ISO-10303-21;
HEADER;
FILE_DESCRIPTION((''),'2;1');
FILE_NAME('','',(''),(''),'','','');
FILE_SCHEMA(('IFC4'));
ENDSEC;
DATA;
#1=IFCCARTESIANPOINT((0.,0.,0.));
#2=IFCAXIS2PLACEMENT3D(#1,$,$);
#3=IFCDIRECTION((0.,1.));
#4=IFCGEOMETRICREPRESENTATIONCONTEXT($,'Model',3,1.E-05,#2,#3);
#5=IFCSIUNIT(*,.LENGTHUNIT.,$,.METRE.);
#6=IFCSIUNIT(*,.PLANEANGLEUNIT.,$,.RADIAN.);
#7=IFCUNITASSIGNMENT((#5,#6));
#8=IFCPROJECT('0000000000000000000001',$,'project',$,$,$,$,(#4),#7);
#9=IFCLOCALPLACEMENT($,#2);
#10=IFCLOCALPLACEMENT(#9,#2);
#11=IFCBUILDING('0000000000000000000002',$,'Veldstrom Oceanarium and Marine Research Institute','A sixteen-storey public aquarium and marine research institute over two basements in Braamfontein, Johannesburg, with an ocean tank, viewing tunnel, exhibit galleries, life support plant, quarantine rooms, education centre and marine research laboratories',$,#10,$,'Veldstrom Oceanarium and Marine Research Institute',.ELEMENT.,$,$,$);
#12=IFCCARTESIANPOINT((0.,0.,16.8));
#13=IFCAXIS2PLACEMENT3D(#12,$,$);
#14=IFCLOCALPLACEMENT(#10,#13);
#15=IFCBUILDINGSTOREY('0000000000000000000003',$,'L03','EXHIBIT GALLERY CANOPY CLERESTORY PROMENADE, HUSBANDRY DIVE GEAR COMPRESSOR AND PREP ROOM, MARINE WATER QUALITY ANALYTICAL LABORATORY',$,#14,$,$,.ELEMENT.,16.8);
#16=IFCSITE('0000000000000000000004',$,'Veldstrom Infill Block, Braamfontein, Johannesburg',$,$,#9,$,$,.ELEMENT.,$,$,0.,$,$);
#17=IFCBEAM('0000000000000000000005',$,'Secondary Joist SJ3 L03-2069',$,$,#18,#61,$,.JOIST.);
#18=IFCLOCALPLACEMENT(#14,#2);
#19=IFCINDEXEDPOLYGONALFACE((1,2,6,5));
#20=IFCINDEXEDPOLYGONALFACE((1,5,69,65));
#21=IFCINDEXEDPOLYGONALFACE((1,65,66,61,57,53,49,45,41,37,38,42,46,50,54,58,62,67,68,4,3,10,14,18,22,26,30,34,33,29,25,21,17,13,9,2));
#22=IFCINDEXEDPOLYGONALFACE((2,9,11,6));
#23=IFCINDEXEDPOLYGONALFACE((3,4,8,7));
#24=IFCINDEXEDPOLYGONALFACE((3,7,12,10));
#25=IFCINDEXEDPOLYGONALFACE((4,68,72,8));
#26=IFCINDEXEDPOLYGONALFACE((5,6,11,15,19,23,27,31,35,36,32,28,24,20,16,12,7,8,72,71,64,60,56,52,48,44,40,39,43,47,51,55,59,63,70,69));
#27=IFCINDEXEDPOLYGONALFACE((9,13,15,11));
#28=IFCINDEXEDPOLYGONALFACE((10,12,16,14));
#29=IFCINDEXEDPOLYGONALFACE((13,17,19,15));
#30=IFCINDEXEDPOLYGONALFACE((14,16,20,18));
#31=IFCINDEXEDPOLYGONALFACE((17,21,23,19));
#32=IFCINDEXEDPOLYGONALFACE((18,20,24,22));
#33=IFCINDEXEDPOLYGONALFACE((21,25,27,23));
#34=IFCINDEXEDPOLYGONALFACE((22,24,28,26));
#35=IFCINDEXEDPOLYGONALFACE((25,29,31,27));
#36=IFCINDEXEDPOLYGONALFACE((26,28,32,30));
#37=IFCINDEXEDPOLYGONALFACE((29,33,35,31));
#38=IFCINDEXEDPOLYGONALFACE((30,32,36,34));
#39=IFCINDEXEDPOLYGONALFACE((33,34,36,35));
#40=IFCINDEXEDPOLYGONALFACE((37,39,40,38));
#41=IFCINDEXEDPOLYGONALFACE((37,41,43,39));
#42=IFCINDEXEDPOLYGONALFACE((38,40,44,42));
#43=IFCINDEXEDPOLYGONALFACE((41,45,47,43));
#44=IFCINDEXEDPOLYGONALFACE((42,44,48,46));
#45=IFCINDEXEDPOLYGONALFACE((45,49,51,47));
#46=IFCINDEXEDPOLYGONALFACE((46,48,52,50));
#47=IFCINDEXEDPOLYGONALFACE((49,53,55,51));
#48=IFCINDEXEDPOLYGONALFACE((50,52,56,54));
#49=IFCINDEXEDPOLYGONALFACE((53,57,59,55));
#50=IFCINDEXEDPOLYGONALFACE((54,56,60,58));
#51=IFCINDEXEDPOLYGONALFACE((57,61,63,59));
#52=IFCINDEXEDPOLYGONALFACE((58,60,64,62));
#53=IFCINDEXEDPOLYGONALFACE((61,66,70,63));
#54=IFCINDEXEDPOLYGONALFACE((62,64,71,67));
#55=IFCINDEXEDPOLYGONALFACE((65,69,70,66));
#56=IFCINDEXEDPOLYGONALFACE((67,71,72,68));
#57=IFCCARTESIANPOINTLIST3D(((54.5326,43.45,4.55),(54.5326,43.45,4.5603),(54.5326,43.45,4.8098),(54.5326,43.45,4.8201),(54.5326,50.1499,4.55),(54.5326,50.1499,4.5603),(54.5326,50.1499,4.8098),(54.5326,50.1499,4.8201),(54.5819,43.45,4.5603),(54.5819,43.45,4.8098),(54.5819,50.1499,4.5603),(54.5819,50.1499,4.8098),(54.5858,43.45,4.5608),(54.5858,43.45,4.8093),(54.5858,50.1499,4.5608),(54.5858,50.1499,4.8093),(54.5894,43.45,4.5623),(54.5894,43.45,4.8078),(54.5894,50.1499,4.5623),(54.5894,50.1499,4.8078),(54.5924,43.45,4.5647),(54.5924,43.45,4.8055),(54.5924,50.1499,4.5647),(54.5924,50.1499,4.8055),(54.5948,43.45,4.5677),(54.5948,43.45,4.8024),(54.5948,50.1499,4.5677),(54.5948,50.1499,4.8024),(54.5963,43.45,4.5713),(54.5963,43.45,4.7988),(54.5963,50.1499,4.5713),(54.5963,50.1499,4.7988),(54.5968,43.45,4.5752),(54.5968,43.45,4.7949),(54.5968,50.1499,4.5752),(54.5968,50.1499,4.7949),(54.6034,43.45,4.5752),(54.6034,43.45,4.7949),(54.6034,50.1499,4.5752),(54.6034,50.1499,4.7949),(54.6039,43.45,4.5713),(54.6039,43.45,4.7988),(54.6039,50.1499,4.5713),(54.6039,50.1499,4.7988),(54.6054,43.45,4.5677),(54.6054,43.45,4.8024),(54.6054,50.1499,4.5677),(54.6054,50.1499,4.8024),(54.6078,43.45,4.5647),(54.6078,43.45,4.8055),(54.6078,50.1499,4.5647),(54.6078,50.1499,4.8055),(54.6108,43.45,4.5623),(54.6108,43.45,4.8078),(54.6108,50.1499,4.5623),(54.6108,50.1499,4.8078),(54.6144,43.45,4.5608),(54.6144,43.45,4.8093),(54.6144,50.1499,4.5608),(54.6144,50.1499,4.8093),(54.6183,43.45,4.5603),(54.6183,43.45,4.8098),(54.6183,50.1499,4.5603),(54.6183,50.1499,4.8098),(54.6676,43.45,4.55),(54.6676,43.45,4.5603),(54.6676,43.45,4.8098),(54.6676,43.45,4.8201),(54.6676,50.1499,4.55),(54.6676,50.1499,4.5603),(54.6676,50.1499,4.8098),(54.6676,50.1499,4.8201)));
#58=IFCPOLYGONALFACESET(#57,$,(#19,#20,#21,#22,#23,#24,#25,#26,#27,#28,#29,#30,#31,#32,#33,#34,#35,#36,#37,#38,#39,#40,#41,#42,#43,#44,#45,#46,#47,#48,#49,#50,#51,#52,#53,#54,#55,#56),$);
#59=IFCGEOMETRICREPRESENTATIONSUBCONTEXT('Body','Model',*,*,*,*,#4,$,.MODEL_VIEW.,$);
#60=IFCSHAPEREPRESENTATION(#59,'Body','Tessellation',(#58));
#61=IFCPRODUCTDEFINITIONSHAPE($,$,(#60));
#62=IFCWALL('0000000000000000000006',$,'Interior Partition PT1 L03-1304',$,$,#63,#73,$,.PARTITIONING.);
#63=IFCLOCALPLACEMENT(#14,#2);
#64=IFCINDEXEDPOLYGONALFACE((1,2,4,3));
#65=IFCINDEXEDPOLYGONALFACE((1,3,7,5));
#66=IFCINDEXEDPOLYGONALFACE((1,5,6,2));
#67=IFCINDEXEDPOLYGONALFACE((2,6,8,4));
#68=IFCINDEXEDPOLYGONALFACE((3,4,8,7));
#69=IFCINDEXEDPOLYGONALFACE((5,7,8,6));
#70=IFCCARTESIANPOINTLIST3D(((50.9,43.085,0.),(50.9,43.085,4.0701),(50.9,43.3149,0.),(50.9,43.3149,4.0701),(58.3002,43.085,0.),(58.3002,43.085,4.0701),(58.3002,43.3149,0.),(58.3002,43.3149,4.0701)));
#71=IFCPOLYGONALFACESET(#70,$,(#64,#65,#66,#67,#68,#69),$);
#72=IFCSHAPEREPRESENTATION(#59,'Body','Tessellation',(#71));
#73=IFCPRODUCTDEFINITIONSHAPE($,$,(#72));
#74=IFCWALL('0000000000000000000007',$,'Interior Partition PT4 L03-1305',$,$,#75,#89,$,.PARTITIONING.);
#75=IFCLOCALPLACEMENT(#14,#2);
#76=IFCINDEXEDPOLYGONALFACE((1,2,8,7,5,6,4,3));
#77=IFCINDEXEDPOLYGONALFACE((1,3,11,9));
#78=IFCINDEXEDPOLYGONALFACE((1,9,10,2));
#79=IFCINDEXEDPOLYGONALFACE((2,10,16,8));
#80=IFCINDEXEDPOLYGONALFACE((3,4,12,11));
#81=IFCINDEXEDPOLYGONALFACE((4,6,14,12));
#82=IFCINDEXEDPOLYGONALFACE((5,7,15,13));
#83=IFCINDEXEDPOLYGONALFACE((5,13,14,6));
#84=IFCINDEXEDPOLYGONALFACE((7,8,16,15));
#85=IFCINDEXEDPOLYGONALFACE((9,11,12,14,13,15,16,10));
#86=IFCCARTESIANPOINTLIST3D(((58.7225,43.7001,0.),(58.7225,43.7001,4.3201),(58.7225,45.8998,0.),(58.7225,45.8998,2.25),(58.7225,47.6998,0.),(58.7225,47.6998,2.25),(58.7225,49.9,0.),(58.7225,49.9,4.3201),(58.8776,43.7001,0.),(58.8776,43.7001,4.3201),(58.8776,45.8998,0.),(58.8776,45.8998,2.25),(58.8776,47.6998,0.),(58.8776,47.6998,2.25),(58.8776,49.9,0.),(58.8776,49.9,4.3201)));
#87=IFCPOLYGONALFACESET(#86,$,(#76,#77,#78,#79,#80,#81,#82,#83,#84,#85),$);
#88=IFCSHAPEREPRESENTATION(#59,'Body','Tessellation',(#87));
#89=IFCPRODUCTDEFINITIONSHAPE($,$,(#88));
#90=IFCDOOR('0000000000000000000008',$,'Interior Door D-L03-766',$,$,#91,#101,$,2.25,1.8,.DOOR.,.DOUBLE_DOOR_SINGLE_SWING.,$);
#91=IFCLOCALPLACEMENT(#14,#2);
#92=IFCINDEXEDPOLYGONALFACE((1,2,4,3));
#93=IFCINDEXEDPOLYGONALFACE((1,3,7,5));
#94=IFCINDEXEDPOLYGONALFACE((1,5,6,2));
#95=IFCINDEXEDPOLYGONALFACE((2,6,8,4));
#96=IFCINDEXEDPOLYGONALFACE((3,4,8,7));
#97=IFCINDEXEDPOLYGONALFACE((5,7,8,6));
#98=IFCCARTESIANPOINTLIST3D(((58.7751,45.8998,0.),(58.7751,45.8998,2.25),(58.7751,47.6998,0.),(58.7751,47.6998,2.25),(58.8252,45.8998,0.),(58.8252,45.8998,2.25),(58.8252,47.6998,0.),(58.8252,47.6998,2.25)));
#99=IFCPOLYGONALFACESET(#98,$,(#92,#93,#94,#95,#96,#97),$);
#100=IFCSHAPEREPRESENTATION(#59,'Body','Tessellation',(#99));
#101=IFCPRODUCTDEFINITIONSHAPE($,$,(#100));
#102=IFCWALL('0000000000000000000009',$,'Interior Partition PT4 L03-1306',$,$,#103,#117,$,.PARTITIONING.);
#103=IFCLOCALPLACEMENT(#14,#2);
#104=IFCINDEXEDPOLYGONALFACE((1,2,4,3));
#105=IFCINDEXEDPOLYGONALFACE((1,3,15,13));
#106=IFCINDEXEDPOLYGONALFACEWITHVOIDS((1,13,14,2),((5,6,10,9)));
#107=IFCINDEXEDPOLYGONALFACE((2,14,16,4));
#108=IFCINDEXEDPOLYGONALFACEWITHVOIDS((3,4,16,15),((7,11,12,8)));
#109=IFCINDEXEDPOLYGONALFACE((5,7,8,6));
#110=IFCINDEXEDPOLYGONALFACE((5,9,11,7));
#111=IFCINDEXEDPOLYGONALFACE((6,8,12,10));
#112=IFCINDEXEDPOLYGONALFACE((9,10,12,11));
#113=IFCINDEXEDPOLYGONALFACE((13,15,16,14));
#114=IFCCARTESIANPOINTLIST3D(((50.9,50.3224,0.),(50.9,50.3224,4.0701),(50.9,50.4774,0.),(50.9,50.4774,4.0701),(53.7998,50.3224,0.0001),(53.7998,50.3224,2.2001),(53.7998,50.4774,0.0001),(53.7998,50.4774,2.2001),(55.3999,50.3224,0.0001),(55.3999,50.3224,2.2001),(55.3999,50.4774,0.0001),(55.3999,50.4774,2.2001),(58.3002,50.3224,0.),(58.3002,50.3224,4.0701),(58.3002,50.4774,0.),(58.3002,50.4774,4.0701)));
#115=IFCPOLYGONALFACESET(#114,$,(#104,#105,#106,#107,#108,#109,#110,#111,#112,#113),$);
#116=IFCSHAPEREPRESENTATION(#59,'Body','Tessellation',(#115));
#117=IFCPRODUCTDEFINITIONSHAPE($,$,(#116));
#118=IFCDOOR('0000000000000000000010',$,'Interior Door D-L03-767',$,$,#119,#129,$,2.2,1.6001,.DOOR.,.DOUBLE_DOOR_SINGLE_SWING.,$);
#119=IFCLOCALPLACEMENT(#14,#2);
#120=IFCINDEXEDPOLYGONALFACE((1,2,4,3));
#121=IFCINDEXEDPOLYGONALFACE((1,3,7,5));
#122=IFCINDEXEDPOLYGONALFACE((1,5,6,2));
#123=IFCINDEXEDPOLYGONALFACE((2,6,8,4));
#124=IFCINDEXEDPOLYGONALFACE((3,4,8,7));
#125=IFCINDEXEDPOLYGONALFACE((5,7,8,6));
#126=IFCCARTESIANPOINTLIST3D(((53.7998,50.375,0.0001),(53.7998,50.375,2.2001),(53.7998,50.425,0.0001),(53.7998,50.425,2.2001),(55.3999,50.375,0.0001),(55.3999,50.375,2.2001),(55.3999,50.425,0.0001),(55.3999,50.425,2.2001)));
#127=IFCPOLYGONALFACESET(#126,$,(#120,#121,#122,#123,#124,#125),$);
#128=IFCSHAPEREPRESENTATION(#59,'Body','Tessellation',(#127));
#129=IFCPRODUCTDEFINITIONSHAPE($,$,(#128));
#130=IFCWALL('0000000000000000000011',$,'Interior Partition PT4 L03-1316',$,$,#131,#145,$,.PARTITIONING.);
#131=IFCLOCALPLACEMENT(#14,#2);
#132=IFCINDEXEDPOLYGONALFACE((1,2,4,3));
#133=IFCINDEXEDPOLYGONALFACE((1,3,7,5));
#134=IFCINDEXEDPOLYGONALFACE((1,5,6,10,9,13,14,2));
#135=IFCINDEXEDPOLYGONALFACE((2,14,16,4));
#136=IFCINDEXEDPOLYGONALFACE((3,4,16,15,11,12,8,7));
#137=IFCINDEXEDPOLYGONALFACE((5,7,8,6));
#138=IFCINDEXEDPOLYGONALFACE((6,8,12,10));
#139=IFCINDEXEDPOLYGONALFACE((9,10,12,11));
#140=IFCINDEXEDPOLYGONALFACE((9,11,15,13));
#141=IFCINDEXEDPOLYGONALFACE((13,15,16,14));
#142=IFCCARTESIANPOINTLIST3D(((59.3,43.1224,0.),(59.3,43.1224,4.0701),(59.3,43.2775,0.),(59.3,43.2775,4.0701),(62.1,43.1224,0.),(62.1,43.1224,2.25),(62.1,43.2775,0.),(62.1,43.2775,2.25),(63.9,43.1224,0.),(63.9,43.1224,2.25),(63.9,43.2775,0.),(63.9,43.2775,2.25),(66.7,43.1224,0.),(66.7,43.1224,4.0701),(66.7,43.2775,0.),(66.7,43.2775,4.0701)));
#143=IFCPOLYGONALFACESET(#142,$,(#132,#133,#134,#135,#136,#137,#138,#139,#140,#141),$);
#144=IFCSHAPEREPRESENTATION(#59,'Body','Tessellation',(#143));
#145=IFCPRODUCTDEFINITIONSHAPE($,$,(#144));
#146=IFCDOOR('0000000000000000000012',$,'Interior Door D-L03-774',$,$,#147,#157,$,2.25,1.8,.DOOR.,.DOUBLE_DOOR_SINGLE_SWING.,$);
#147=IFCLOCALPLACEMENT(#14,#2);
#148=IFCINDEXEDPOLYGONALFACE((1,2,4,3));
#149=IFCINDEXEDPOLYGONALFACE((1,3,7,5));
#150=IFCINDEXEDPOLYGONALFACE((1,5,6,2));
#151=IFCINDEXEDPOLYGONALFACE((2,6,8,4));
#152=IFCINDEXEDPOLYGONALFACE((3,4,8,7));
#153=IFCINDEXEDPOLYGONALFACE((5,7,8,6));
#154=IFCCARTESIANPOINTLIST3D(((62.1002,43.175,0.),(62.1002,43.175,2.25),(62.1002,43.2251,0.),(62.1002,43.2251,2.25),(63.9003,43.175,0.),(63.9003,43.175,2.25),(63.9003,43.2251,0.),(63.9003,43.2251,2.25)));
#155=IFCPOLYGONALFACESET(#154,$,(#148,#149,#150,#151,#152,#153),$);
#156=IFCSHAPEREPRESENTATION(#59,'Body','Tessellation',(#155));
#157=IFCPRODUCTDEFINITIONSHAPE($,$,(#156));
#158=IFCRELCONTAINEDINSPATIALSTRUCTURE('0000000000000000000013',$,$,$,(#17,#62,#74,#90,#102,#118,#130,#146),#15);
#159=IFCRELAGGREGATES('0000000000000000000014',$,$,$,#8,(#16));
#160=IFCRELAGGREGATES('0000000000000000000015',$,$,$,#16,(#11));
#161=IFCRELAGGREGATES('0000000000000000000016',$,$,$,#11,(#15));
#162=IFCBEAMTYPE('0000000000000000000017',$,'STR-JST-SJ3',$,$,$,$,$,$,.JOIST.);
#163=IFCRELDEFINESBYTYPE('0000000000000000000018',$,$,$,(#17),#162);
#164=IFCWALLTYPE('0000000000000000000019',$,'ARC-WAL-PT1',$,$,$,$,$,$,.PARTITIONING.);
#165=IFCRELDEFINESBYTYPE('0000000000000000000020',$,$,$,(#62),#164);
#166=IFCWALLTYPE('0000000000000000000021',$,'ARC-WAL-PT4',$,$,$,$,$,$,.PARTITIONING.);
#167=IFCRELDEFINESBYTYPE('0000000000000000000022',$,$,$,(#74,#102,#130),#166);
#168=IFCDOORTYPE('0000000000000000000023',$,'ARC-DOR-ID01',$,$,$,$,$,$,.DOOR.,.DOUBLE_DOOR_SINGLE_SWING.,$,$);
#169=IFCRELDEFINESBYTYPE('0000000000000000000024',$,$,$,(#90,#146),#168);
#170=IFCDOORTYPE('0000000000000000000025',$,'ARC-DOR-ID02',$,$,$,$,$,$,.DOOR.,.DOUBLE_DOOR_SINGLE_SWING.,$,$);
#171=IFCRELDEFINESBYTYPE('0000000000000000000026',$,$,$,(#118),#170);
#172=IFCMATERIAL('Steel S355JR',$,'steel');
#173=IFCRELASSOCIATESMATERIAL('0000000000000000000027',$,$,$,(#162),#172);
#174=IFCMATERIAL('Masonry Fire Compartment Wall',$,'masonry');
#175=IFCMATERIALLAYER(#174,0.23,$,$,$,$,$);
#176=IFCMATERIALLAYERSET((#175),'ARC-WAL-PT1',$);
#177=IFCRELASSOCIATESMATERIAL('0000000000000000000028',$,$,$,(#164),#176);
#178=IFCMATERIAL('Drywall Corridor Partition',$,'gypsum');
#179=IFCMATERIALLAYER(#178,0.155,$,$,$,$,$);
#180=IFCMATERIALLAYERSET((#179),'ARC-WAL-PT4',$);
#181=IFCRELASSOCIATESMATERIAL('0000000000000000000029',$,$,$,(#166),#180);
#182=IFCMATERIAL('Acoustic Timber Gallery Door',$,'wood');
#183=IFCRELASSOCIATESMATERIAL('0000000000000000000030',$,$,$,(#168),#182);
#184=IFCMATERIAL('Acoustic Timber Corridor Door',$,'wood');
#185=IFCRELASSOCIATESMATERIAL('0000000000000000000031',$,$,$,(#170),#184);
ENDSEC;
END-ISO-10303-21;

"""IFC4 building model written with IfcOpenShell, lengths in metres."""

from ifc_helpers import new_model, si_unit, direction, frame, frame_2d, origin, origin_2d, place, context, subcontext, project, spatial, rectangle, i_section, extrude, material, layer, layer_set, material_profile, profile_set, type_object, element, fill, save


model = new_model("IFC4")

# Units and contexts
model_context = context("Model", 3, precision=1e-05, world=origin(), true_north=direction((0.0, 1.0)))
body_context = subcontext(model_context, "Body", "Model", "MODEL_VIEW")
ifc_project = project(units=[si_unit("LENGTHUNIT", "METRE"), si_unit("PLANEANGLEUNIT", "RADIAN")], contexts=[model_context])

# Site, building, storey
site_placement = place(None, origin())
site = spatial("IfcSite", under=ifc_project, at=site_placement, Name="Veldstrom Infill Block, Braamfontein, Johannesburg", CompositionType="ELEMENT", RefElevation=0.0)
building_placement = place(site_placement, origin())
building = spatial("IfcBuilding", under=site, at=building_placement, Name="Veldstrom Oceanarium and Marine Research Institute", Description="A sixteen-storey public aquarium and marine research institute over two basements in Braamfontein, Johannesburg, with an ocean tank, viewing tunnel, exhibit galleries, life support plant, quarantine rooms, education centre and marine research laboratories", LongName="Veldstrom Oceanarium and Marine Research Institute", CompositionType="ELEMENT")
storey_placement = place(building_placement, frame((0.0, 0.0, 16.8)))
storey = spatial("IfcBuildingStorey", under=building, at=storey_placement, Name="L03", Description="EXHIBIT GALLERY CANOPY CLERESTORY PROMENADE, HUSBANDRY DIVE GEAR COMPRESSOR AND PREP ROOM, MARINE WATER QUALITY ANALYTICAL LABORATORY", CompositionType="ELEMENT", Elevation=16.8)

# Beam
ifc_material_1 = material(Name="Steel S355JR", Category="steel")
ifc_material_profile_1 = material_profile(ifc_material_1, i_section(OverallWidth=0.135, OverallDepth=0.27, WebThickness=0.0066, FlangeThickness=0.0103, FilletRadius=0.0149, at=origin_2d()), Name="IPE 270")
ifc_profile_set_1 = profile_set([ifc_material_profile_1], Name="Steel S355JR")
beam_type_1 = type_object("IfcBeamType", Name="STR-JST-SJ3", PredefinedType="JOIST", material=ifc_profile_set_1)
beam_1_placement = place(storey_placement, frame((54.6001, 43.45, 4.6851), z_axis=(0.0, 1.0, 0.0), x_axis=(-1.0, 0.0, 0.0)))
element("IfcBeam", 1, at=beam_1_placement, inside=storey, type_object=beam_type_1, Name="Secondary Joist SJ3 L03-2069", PredefinedType="JOIST", context=body_context, shape_type="SweptSolid", body=[
    extrude(i_section(OverallWidth=0.135, OverallDepth=0.27, WebThickness=0.0066, FlangeThickness=0.0103, FilletRadius=0.0149, at=origin_2d()), origin(), (0.0, 0.0, 1.0), 6.7),
])

# Wall
ifc_material_2 = material(Name="Masonry Fire Compartment Wall", Category="masonry")
ifc_layer_1 = layer(ifc_material_2, 0.23)
ifc_layer_set_1 = layer_set([ifc_layer_1], Name="ARC-WAL-PT1")
wall_type_1 = type_object("IfcWallType", Name="ARC-WAL-PT1", PredefinedType="PARTITIONING", material=ifc_layer_set_1)
wall_1_placement = place(storey_placement, frame((50.8999, 43.2, 0.0), z_axis=(0.0, 0.0, 1.0), x_axis=(1.0, 0.0, 0.0)))
element("IfcWall", 2, at=wall_1_placement, inside=storey, type_object=wall_type_1, Name="Interior Partition PT1 L03-1304", PredefinedType="PARTITIONING", context=body_context, shape_type="SweptSolid", body=[
    extrude(rectangle(XDim=7.4001, YDim=0.23, at=frame_2d((3.7002, 0.0))), origin(), (0.0, 0.0, 1.0), 4.0701),
])

# Walls, openings, doors
ifc_material_3 = material(Name="Drywall Corridor Partition", Category="gypsum")
ifc_layer_2 = layer(ifc_material_3, 0.155)
ifc_layer_set_2 = layer_set([ifc_layer_2], Name="ARC-WAL-PT4")
wall_type_2 = type_object("IfcWallType", Name="ARC-WAL-PT4", PredefinedType="PARTITIONING", material=ifc_layer_set_2)
wall_2_placement = place(storey_placement, frame((58.8, 43.7, 0.0), z_axis=(0.0, 0.0, 1.0), x_axis=(0.0, 1.0, 0.0)))
wall_2 = element("IfcWall", 3, at=wall_2_placement, inside=storey, type_object=wall_type_2, Name="Interior Partition PT4 L03-1305", PredefinedType="PARTITIONING", context=body_context, shape_type="SweptSolid", body=[
    extrude(rectangle(XDim=6.2, YDim=0.155, at=frame_2d((3.1001, 0.0))), origin(), (0.0, 0.0, 1.0), 4.3201),
])
opening_1_placement = place(wall_2_placement, frame((2.2, 0.0, 0.0)))
opening_1 = element("IfcOpeningElement", 4, at=opening_1_placement, cuts=wall_2, PredefinedType="OPENING", context=body_context, shape_type="SweptSolid", body=[
    extrude(rectangle(XDim=1.8, YDim=2.25, at=frame_2d((0.8999, 1.125))), frame((0.0, 0.0874, 0.0), z_axis=(0.0, -1.0, 0.0), x_axis=(1.0, 0.0, 0.0)), (0.0, 0.0, 1.0), 0.175),
])
ifc_material_4 = material(Name="Acoustic Timber Gallery Door", Category="wood")
door_type_1 = type_object("IfcDoorType", Name="ARC-DOR-ID01", OperationType="DOUBLE_DOOR_SINGLE_SWING", PredefinedType="DOOR", material=ifc_material_4)
door_1_placement = place(opening_1_placement, origin())
door_1 = element("IfcDoor", 5, at=door_1_placement, inside=storey, type_object=door_type_1, Name="Interior Door D-L03-766", OperationType="DOUBLE_DOOR_SINGLE_SWING", OverallHeight=2.25, OverallWidth=1.8, PredefinedType="DOOR", context=body_context, shape_type="SweptSolid", body=[
    extrude(rectangle(XDim=1.8, YDim=2.25, at=frame_2d((0.8999, 1.125))), frame((0.0, 0.0249, 0.0), z_axis=(0.0, -1.0, 0.0), x_axis=(1.0, 0.0, 0.0)), (0.0, 0.0, 1.0), 0.05),
])
fill(opening_1, door_1)
wall_3_placement = place(storey_placement, frame((50.8999, 50.3999, 0.0), z_axis=(0.0, 0.0, 1.0), x_axis=(1.0, 0.0, 0.0)))
wall_3 = element("IfcWall", 6, at=wall_3_placement, inside=storey, type_object=wall_type_2, Name="Interior Partition PT4 L03-1306", PredefinedType="PARTITIONING", context=body_context, shape_type="SweptSolid", body=[
    extrude(rectangle(XDim=7.4001, YDim=0.155, at=frame_2d((3.7002, 0.0))), origin(), (0.0, 0.0, 1.0), 4.0701),
])
opening_2_placement = place(wall_3_placement, frame((2.8999, 0.0, 0.0)))
opening_2 = element("IfcOpeningElement", 7, at=opening_2_placement, cuts=wall_3, PredefinedType="OPENING", context=body_context, shape_type="SweptSolid", body=[
    extrude(rectangle(XDim=1.6001, YDim=2.2, at=frame_2d((0.8, 1.1001))), frame((0.0, 0.0874, 0.0), z_axis=(0.0, -1.0, 0.0), x_axis=(1.0, 0.0, 0.0)), (0.0, 0.0, 1.0), 0.175),
])
ifc_material_5 = material(Name="Acoustic Timber Corridor Door", Category="wood")
door_type_2 = type_object("IfcDoorType", Name="ARC-DOR-ID02", OperationType="DOUBLE_DOOR_SINGLE_SWING", PredefinedType="DOOR", material=ifc_material_5)
door_2_placement = place(opening_2_placement, frame((1.6001, 0.0, 0.0), z_axis=(0.0, 0.0, 1.0), x_axis=(-1.0, 0.0, 0.0)))
door_2 = element("IfcDoor", 8, at=door_2_placement, inside=storey, type_object=door_type_2, Name="Interior Door D-L03-767", OperationType="DOUBLE_DOOR_SINGLE_SWING", OverallHeight=2.2, OverallWidth=1.6001, PredefinedType="DOOR", context=body_context, shape_type="SweptSolid", body=[
    extrude(rectangle(XDim=1.6001, YDim=2.2, at=frame_2d((0.8, 1.1001))), frame((0.0, 0.0249, 0.0), z_axis=(0.0, -1.0, 0.0), x_axis=(1.0, 0.0, 0.0)), (0.0, 0.0, 1.0), 0.05),
])
fill(opening_2, door_2)
wall_4_placement = place(storey_placement, frame((59.3, 43.2, 0.0), z_axis=(0.0, 0.0, 1.0), x_axis=(1.0, 0.0, 0.0)))
wall_4 = element("IfcWall", 9, at=wall_4_placement, inside=storey, type_object=wall_type_2, Name="Interior Partition PT4 L03-1316", PredefinedType="PARTITIONING", context=body_context, shape_type="SweptSolid", body=[
    extrude(rectangle(XDim=7.3999, YDim=0.155, at=frame_2d((3.7, 0.0))), origin(), (0.0, 0.0, 1.0), 4.0701),
])
opening_3_placement = place(wall_4_placement, frame((2.8, 0.0, 0.0)))
opening_3 = element("IfcOpeningElement", 10, at=opening_3_placement, cuts=wall_4, PredefinedType="OPENING", context=body_context, shape_type="SweptSolid", body=[
    extrude(rectangle(XDim=1.8, YDim=2.25, at=frame_2d((0.8999, 1.125))), frame((0.0, 0.0874, 0.0), z_axis=(0.0, -1.0, 0.0), x_axis=(1.0, 0.0, 0.0)), (0.0, 0.0, 1.0), 0.175),
])
door_3_placement = place(opening_3_placement, frame((1.8, 0.0, 0.0), z_axis=(0.0, 0.0, 1.0), x_axis=(-1.0, 0.0, 0.0)))
door_3 = element("IfcDoor", 11, at=door_3_placement, inside=storey, type_object=door_type_1, Name="Interior Door D-L03-774", OperationType="DOUBLE_DOOR_SINGLE_SWING", OverallHeight=2.25, OverallWidth=1.8, PredefinedType="DOOR", context=body_context, shape_type="SweptSolid", body=[
    extrude(rectangle(XDim=1.8, YDim=2.25, at=frame_2d((0.8999, 1.125))), frame((0.0, 0.0249, 0.0), z_axis=(0.0, -1.0, 0.0), x_axis=(1.0, 0.0, 0.0)), (0.0, 0.0, 1.0), 0.05),
])
fill(opening_3, door_3)

save(model, "model.ifc")
